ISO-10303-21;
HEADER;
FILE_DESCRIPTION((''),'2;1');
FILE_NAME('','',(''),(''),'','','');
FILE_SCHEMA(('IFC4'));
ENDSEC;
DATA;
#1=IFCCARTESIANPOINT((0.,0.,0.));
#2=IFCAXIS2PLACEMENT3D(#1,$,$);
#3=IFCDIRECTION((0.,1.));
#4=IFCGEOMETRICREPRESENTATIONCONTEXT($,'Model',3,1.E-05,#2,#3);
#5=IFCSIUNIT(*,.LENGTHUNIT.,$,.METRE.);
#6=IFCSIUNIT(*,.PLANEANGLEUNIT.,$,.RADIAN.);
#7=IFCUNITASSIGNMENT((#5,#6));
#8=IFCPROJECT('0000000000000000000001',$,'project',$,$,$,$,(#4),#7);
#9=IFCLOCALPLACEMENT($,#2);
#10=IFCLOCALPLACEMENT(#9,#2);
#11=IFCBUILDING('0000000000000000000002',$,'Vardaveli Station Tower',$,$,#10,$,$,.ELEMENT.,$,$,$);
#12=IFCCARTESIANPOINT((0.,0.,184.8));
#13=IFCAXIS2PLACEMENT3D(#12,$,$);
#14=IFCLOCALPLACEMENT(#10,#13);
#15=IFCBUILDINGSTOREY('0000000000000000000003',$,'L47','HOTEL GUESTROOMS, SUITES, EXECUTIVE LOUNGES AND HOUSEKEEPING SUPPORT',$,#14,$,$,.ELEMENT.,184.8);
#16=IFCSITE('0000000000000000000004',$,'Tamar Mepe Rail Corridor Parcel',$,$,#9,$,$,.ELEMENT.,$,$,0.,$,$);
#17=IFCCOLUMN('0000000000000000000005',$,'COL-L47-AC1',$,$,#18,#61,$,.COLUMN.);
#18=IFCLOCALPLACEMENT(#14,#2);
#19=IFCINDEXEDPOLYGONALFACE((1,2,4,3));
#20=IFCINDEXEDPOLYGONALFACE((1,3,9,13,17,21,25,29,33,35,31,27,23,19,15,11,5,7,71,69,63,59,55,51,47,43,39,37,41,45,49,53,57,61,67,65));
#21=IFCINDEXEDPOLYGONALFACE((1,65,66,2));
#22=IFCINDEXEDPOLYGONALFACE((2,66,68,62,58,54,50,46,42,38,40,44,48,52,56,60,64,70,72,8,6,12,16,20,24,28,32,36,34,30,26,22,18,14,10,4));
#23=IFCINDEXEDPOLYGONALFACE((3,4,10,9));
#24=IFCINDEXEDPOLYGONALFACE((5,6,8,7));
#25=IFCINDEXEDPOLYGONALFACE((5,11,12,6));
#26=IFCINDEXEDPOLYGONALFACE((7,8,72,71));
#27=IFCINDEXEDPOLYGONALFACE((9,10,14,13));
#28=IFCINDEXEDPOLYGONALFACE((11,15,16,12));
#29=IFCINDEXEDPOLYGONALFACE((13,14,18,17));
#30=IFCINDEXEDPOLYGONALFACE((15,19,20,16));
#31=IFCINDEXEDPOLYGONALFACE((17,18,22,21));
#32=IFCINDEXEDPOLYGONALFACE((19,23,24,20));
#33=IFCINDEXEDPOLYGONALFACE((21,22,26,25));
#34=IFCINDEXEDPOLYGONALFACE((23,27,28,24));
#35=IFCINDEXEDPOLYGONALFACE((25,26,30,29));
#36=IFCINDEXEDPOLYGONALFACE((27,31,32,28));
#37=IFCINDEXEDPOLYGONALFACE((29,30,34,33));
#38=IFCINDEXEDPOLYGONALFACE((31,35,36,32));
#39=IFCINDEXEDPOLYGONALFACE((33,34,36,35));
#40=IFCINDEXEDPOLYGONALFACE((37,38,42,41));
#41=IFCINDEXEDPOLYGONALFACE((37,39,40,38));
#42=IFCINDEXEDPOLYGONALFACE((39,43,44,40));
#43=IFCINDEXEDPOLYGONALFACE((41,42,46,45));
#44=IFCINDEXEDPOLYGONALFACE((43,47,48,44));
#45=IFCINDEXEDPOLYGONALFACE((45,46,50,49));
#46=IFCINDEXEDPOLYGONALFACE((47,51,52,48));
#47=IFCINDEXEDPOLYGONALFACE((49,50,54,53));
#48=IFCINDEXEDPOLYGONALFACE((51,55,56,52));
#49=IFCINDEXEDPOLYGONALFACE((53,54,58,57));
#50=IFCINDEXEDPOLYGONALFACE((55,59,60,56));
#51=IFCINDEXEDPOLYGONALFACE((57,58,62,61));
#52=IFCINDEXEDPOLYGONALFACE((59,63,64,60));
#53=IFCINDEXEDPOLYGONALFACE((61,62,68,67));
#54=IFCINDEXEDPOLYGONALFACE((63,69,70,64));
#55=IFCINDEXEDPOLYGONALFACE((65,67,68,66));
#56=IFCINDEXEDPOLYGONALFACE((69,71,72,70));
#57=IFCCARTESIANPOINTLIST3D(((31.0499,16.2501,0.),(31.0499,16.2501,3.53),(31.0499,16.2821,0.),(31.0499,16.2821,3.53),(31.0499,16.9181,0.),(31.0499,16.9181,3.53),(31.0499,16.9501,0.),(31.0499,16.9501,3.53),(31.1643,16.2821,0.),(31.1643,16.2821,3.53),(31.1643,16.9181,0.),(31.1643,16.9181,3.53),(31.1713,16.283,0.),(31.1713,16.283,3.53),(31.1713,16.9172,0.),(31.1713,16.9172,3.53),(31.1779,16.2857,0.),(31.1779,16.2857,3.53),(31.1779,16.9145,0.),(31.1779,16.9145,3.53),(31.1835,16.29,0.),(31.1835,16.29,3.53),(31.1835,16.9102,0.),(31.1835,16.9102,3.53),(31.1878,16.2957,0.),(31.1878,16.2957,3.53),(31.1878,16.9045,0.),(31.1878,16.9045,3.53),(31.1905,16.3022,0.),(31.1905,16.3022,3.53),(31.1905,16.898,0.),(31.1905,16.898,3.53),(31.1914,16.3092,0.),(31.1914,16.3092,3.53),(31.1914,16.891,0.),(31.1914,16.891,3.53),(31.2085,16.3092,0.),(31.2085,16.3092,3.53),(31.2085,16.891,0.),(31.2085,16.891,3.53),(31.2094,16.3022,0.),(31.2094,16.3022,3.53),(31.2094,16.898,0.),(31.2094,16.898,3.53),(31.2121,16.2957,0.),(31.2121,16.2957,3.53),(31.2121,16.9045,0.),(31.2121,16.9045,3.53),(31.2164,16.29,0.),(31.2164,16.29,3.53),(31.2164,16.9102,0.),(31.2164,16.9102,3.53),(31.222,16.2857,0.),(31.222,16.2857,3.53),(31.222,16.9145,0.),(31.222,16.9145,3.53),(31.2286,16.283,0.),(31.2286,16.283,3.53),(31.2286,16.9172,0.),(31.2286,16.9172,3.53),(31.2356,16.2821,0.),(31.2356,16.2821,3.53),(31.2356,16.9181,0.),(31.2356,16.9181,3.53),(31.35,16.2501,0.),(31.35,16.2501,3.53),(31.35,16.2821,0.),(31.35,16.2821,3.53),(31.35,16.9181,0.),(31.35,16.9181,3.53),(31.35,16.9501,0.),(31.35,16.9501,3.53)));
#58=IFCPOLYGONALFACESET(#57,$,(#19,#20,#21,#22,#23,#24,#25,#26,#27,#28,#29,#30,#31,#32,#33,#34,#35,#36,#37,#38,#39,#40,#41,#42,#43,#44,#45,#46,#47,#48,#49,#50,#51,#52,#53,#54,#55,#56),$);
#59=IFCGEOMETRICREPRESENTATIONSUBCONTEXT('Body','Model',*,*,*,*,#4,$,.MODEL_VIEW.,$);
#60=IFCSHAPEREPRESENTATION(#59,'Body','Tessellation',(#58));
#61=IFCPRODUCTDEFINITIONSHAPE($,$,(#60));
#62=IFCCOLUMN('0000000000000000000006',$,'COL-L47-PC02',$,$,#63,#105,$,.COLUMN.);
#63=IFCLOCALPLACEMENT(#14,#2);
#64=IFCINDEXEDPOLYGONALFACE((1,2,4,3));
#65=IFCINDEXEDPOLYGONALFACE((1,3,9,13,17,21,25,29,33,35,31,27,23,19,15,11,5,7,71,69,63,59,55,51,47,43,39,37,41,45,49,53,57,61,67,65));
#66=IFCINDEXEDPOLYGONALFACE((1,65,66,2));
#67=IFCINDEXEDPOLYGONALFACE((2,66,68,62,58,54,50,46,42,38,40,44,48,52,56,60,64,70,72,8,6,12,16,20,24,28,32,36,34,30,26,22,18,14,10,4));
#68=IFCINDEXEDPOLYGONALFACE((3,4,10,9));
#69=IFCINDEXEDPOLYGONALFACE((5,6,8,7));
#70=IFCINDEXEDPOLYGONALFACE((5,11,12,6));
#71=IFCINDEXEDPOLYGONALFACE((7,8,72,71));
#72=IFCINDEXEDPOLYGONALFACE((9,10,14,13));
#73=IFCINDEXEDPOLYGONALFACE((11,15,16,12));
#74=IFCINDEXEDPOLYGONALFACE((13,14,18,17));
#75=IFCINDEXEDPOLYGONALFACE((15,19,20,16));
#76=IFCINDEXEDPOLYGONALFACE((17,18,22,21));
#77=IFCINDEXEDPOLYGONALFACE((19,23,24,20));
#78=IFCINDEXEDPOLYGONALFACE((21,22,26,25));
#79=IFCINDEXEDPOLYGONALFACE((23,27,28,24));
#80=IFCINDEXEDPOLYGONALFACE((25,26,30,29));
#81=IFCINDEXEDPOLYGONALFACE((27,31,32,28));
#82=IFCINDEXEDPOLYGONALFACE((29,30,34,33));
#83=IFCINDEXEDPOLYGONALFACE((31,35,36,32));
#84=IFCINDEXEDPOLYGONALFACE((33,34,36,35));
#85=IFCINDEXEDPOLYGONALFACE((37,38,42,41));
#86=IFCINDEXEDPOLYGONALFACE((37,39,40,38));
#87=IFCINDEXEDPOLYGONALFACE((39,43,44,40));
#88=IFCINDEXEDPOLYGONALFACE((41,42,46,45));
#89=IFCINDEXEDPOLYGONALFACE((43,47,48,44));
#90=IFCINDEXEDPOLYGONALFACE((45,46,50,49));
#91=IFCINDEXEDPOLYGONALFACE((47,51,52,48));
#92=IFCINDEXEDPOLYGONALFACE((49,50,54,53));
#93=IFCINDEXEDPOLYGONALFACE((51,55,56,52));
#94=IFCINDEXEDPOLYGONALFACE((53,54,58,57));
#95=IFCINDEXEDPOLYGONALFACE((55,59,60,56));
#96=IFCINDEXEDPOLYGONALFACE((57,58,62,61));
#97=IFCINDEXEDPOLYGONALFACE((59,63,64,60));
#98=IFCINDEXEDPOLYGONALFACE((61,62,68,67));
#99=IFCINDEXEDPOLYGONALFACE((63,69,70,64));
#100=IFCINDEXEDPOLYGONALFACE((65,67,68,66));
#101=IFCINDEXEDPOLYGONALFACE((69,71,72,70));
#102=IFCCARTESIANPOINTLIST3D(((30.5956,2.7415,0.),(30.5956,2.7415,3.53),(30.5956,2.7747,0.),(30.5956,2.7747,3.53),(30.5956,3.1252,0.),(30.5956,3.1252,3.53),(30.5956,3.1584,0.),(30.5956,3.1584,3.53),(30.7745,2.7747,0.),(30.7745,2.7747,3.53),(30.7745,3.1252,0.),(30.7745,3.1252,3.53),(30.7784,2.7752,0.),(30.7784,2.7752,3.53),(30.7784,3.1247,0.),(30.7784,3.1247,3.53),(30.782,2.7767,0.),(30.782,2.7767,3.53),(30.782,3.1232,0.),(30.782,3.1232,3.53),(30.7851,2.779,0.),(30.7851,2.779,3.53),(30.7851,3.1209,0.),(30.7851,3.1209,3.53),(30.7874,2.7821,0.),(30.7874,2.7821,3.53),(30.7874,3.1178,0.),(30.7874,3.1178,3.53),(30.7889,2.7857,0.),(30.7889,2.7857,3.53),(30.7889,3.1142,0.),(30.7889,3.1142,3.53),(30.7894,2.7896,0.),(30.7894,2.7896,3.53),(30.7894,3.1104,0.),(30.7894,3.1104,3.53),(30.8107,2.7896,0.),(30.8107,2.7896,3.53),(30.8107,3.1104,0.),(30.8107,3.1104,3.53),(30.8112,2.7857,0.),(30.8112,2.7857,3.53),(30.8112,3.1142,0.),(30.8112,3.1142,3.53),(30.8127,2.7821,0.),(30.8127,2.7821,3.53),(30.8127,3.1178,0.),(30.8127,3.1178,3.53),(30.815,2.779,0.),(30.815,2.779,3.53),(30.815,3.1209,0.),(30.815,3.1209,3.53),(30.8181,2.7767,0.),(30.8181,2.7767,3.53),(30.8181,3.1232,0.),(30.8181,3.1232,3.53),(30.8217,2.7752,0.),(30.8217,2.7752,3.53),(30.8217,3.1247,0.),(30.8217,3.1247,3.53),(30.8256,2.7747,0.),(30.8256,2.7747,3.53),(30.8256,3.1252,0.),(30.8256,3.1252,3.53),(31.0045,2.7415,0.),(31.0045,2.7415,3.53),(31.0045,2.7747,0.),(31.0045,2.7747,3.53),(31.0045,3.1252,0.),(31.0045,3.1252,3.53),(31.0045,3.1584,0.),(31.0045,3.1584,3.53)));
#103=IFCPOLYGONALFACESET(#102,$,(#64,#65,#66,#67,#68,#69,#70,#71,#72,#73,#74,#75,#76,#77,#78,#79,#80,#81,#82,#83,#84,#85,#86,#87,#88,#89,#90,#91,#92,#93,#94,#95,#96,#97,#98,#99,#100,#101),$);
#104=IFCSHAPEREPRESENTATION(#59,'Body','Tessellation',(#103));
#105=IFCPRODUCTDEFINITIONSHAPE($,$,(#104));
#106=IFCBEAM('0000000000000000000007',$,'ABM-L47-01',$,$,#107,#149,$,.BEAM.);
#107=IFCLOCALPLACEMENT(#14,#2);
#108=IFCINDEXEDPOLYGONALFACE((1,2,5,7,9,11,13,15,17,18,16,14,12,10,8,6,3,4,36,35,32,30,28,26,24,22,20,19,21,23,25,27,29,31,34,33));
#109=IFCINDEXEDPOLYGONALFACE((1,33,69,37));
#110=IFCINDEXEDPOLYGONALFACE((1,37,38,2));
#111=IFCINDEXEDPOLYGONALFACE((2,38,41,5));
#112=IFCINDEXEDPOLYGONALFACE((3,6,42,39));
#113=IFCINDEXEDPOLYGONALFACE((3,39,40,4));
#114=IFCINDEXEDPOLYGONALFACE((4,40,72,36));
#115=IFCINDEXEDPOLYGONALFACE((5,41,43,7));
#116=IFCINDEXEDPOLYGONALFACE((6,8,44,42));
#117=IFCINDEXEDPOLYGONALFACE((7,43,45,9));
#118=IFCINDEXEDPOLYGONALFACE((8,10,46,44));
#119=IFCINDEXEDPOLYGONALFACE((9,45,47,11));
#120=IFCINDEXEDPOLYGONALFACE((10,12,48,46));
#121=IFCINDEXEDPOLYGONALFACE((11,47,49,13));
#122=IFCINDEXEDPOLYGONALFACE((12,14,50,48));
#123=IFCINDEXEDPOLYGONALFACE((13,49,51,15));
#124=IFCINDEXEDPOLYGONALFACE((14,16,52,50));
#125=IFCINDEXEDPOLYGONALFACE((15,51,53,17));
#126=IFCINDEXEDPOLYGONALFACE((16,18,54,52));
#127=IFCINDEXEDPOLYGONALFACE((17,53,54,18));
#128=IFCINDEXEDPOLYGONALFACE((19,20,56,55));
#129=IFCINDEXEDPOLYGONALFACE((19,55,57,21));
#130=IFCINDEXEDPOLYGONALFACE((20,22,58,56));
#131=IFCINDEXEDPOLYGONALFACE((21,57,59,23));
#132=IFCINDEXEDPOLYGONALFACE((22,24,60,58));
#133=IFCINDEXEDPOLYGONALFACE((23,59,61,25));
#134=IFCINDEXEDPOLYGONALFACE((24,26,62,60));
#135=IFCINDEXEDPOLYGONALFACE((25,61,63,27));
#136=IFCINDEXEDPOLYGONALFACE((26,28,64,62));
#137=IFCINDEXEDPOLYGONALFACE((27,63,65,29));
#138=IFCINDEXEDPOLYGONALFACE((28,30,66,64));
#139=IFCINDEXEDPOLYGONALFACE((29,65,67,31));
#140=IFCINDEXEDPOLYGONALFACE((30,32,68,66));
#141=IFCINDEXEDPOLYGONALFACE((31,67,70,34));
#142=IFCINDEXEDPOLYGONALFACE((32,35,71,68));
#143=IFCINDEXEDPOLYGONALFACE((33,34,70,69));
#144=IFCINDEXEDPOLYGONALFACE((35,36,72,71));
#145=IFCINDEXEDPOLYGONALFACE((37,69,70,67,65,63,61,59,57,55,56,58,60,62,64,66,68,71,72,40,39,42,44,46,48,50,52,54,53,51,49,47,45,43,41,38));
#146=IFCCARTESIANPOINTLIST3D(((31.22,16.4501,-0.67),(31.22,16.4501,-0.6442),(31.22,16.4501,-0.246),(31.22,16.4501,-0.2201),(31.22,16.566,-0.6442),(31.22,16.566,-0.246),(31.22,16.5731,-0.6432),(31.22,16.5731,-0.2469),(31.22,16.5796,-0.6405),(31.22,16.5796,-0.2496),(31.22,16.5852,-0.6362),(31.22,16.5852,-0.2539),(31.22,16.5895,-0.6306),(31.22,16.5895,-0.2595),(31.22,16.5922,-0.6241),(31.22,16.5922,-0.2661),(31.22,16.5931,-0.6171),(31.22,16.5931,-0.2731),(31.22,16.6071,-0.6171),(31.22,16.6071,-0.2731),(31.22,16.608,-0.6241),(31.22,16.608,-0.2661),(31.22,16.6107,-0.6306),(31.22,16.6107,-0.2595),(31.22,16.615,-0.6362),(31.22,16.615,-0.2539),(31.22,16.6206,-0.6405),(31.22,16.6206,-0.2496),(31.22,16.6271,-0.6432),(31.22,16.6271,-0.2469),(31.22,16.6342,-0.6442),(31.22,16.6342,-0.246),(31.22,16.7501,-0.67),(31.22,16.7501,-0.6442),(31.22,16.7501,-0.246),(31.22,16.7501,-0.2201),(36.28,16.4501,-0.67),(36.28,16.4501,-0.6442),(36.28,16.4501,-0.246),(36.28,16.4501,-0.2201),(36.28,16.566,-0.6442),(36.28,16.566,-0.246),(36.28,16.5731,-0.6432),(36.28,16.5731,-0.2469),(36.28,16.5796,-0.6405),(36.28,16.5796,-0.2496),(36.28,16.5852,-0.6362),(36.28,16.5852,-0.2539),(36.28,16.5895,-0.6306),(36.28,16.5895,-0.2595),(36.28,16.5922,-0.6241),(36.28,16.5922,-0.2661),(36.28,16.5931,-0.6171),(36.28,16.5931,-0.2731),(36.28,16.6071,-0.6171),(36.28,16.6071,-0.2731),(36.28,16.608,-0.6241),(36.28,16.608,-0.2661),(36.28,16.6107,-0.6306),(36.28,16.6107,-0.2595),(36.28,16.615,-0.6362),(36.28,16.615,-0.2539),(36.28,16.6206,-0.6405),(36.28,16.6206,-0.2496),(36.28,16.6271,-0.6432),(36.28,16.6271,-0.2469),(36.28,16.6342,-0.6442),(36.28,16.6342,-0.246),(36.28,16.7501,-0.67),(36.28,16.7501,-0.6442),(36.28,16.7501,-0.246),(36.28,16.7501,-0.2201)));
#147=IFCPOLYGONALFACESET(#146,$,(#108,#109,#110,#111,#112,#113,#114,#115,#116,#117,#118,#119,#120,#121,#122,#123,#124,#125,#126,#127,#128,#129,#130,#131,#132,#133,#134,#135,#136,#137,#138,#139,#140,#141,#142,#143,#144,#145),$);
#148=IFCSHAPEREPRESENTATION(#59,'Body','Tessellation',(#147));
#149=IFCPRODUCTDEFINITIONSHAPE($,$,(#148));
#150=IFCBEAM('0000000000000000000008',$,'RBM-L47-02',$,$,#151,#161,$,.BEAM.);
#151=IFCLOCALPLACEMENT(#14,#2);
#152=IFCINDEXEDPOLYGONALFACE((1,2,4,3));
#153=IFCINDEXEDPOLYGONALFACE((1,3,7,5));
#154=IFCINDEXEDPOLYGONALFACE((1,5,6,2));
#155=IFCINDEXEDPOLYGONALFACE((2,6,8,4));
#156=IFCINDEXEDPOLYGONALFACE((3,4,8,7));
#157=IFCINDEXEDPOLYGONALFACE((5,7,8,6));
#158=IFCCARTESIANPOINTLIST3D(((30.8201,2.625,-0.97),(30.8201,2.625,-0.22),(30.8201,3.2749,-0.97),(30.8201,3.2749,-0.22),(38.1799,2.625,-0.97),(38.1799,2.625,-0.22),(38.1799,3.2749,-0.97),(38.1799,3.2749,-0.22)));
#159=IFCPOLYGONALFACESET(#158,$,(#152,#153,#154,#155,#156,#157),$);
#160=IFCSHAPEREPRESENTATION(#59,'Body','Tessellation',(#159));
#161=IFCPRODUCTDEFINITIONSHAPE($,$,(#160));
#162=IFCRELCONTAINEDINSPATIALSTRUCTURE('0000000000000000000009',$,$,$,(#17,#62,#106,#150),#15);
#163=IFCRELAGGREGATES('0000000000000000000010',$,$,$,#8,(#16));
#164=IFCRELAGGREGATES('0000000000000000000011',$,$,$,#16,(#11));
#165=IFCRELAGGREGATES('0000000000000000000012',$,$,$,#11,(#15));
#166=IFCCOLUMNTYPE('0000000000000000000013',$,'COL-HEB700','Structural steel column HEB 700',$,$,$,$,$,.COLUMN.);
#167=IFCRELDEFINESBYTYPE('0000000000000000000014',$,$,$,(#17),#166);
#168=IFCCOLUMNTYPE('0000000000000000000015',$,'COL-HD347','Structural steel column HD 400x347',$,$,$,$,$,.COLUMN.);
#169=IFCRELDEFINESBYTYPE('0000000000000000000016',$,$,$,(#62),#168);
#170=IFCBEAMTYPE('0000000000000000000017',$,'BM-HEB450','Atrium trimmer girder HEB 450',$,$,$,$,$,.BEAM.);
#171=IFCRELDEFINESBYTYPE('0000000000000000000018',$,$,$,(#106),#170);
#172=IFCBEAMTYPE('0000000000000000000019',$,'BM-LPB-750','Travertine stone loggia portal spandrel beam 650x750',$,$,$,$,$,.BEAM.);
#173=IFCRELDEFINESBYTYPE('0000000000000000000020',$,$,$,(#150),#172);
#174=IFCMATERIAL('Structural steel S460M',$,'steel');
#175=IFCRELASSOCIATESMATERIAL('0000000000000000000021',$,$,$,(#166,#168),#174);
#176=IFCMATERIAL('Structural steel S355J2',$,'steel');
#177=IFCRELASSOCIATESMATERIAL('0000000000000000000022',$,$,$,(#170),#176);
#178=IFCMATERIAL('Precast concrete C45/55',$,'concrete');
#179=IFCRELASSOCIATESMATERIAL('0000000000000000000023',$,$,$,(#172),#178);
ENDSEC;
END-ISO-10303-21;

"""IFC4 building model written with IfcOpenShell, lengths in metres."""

from ifc_helpers import new_model, si_unit, direction, frame, origin, origin_2d, place, context, subcontext, project, spatial, rectangle, i_section, extrude, source, transform, mapped, material, material_profile, profile_set, type_object, element, save


model = new_model("IFC4")

# Units and contexts
model_context = context("Model", 3, precision=1e-05, world=origin(), true_north=direction((0.0, 1.0)))
body_context = subcontext(model_context, "Body", "Model", "MODEL_VIEW")
ifc_project = project(units=[si_unit("LENGTHUNIT", "METRE"), si_unit("PLANEANGLEUNIT", "RADIAN")], contexts=[model_context])

# Site, building, storey
site_placement = place(None, origin())
site = spatial("IfcSite", under=ifc_project, at=site_placement, Name="Tamar Mepe Rail Corridor Parcel", CompositionType="ELEMENT", RefElevation=0.0)
building_placement = place(site_placement, origin())
building = spatial("IfcBuilding", under=site, at=building_placement, Name="Vardaveli Station Tower", CompositionType="ELEMENT")
storey_placement = place(building_placement, frame((0.0, 0.0, 184.8)))
storey = spatial("IfcBuildingStorey", under=building, at=storey_placement, Name="L47", Description="HOTEL GUESTROOMS, SUITES, EXECUTIVE LOUNGES AND HOUSEKEEPING SUPPORT", CompositionType="ELEMENT", Elevation=184.8)

# Columns
ifc_material_1 = material(Name="Structural steel S460M", Category="steel")
ifc_material_profile_1 = material_profile(ifc_material_1, i_section(OverallWidth=0.3, OverallDepth=0.7, WebThickness=0.0171, FlangeThickness=0.032, FilletRadius=0.0271, at=origin_2d()), Name="HEB 700")
ifc_profile_set_1 = profile_set([ifc_material_profile_1], Name="Structural steel S460M")
column_type_1 = type_object("IfcColumnType", Name="COL-HEB700", Description="Structural steel column HEB 700", PredefinedType="COLUMN", material=ifc_profile_set_1)
shared_shape_1 = source(origin(), body_context, "Body", "SweptSolid", [
    extrude(i_section(OverallWidth=0.3, OverallDepth=0.7, WebThickness=0.0171, FlangeThickness=0.032, FilletRadius=0.0271, at=origin_2d()), origin(), (0.0, 0.0, 1.0), 3.53),
])
column_1_placement = place(storey_placement, frame((31.2, 16.6001, 0.0), z_axis=(0.0, 0.0, 1.0), x_axis=(1.0, 0.0, 0.0)))
element("IfcColumn", 1, at=column_1_placement, inside=storey, type_object=column_type_1, Name="COL-L47-AC1", PredefinedType="COLUMN", context=body_context, shape_type="MappedRepresentation", body=[
    mapped(shared_shape_1, transform((0.0, 0.0, 0.0), scale=1.0)),
])
ifc_material_profile_2 = material_profile(ifc_material_1, i_section(OverallWidth=0.4089, OverallDepth=0.417, WebThickness=0.0212, FlangeThickness=0.0332, FilletRadius=0.0149, at=origin_2d()), Name="HD 400x347")
ifc_profile_set_2 = profile_set([ifc_material_profile_2], Name="Structural steel S460M")
column_type_2 = type_object("IfcColumnType", Name="COL-HD347", Description="Structural steel column HD 400x347", PredefinedType="COLUMN", material=ifc_profile_set_2)
shared_shape_2 = source(origin(), body_context, "Body", "SweptSolid", [
    extrude(i_section(OverallWidth=0.4089, OverallDepth=0.417, WebThickness=0.0212, FlangeThickness=0.0332, FilletRadius=0.0149, at=origin_2d()), origin(), (0.0, 0.0, 1.0), 3.53),
])
column_2_placement = place(storey_placement, frame((30.8, 2.95, 0.0), z_axis=(0.0, 0.0, 1.0), x_axis=(1.0, 0.0, 0.0)))
element("IfcColumn", 2, at=column_2_placement, inside=storey, type_object=column_type_2, Name="COL-L47-PC02", PredefinedType="COLUMN", context=body_context, shape_type="MappedRepresentation", body=[
    mapped(shared_shape_2, transform((0.0, 0.0, 0.0), scale=1.0)),
])

# Beams
ifc_material_2 = material(Name="Structural steel S355J2", Category="steel")
ifc_material_profile_3 = material_profile(ifc_material_2, i_section(OverallWidth=0.3, OverallDepth=0.45, WebThickness=0.0139, FlangeThickness=0.0259, FilletRadius=0.0271, at=origin_2d()), Name="HEB 450")
ifc_profile_set_3 = profile_set([ifc_material_profile_3], Name="Structural steel S355J2")
beam_type_1 = type_object("IfcBeamType", Name="BM-HEB450", Description="Atrium trimmer girder HEB 450", PredefinedType="BEAM", material=ifc_profile_set_3)
shared_shape_3 = source(origin(), body_context, "Body", "SweptSolid", [
    extrude(i_section(OverallWidth=0.3, OverallDepth=0.45, WebThickness=0.0139, FlangeThickness=0.0259, FilletRadius=0.0271, at=origin_2d()), origin(), (0.0, 0.0, 1.0), 5.0601),
])
beam_1_placement = place(storey_placement, frame((31.22, 16.6001, -0.4451), z_axis=(1.0, 0.0, 0.0), x_axis=(0.0, 1.0, 0.0)))
element("IfcBeam", 3, at=beam_1_placement, inside=storey, type_object=beam_type_1, Name="ABM-L47-01", PredefinedType="BEAM", context=body_context, shape_type="MappedRepresentation", body=[
    mapped(shared_shape_3, transform((0.0, 0.0, 0.0), scale=1.0)),
])
ifc_material_3 = material(Name="Precast concrete C45/55", Category="concrete")
ifc_material_profile_4 = material_profile(ifc_material_3, rectangle(XDim=0.6499, YDim=0.75, at=origin_2d()), Name="LPB 650x750")
ifc_profile_set_4 = profile_set([ifc_material_profile_4], Name="Precast concrete C45/55")
beam_type_2 = type_object("IfcBeamType", Name="BM-LPB-750", Description="Travertine stone loggia portal spandrel beam 650x750", PredefinedType="BEAM", material=ifc_profile_set_4)
shared_shape_4 = source(origin(), body_context, "Body", "SweptSolid", [
    extrude(rectangle(XDim=0.6499, YDim=0.75, at=origin_2d()), origin(), (0.0, 0.0, 1.0), 7.3599),
])
beam_2_placement = place(storey_placement, frame((30.8201, 2.95, -0.595), z_axis=(1.0, 0.0, 0.0), x_axis=(0.0, 1.0, 0.0)))
element("IfcBeam", 4, at=beam_2_placement, inside=storey, type_object=beam_type_2, Name="RBM-L47-02", PredefinedType="BEAM", context=body_context, shape_type="MappedRepresentation", body=[
    mapped(shared_shape_4, transform((0.0, 0.0, 0.0), scale=1.0)),
])

save(model, "model.ifc")
